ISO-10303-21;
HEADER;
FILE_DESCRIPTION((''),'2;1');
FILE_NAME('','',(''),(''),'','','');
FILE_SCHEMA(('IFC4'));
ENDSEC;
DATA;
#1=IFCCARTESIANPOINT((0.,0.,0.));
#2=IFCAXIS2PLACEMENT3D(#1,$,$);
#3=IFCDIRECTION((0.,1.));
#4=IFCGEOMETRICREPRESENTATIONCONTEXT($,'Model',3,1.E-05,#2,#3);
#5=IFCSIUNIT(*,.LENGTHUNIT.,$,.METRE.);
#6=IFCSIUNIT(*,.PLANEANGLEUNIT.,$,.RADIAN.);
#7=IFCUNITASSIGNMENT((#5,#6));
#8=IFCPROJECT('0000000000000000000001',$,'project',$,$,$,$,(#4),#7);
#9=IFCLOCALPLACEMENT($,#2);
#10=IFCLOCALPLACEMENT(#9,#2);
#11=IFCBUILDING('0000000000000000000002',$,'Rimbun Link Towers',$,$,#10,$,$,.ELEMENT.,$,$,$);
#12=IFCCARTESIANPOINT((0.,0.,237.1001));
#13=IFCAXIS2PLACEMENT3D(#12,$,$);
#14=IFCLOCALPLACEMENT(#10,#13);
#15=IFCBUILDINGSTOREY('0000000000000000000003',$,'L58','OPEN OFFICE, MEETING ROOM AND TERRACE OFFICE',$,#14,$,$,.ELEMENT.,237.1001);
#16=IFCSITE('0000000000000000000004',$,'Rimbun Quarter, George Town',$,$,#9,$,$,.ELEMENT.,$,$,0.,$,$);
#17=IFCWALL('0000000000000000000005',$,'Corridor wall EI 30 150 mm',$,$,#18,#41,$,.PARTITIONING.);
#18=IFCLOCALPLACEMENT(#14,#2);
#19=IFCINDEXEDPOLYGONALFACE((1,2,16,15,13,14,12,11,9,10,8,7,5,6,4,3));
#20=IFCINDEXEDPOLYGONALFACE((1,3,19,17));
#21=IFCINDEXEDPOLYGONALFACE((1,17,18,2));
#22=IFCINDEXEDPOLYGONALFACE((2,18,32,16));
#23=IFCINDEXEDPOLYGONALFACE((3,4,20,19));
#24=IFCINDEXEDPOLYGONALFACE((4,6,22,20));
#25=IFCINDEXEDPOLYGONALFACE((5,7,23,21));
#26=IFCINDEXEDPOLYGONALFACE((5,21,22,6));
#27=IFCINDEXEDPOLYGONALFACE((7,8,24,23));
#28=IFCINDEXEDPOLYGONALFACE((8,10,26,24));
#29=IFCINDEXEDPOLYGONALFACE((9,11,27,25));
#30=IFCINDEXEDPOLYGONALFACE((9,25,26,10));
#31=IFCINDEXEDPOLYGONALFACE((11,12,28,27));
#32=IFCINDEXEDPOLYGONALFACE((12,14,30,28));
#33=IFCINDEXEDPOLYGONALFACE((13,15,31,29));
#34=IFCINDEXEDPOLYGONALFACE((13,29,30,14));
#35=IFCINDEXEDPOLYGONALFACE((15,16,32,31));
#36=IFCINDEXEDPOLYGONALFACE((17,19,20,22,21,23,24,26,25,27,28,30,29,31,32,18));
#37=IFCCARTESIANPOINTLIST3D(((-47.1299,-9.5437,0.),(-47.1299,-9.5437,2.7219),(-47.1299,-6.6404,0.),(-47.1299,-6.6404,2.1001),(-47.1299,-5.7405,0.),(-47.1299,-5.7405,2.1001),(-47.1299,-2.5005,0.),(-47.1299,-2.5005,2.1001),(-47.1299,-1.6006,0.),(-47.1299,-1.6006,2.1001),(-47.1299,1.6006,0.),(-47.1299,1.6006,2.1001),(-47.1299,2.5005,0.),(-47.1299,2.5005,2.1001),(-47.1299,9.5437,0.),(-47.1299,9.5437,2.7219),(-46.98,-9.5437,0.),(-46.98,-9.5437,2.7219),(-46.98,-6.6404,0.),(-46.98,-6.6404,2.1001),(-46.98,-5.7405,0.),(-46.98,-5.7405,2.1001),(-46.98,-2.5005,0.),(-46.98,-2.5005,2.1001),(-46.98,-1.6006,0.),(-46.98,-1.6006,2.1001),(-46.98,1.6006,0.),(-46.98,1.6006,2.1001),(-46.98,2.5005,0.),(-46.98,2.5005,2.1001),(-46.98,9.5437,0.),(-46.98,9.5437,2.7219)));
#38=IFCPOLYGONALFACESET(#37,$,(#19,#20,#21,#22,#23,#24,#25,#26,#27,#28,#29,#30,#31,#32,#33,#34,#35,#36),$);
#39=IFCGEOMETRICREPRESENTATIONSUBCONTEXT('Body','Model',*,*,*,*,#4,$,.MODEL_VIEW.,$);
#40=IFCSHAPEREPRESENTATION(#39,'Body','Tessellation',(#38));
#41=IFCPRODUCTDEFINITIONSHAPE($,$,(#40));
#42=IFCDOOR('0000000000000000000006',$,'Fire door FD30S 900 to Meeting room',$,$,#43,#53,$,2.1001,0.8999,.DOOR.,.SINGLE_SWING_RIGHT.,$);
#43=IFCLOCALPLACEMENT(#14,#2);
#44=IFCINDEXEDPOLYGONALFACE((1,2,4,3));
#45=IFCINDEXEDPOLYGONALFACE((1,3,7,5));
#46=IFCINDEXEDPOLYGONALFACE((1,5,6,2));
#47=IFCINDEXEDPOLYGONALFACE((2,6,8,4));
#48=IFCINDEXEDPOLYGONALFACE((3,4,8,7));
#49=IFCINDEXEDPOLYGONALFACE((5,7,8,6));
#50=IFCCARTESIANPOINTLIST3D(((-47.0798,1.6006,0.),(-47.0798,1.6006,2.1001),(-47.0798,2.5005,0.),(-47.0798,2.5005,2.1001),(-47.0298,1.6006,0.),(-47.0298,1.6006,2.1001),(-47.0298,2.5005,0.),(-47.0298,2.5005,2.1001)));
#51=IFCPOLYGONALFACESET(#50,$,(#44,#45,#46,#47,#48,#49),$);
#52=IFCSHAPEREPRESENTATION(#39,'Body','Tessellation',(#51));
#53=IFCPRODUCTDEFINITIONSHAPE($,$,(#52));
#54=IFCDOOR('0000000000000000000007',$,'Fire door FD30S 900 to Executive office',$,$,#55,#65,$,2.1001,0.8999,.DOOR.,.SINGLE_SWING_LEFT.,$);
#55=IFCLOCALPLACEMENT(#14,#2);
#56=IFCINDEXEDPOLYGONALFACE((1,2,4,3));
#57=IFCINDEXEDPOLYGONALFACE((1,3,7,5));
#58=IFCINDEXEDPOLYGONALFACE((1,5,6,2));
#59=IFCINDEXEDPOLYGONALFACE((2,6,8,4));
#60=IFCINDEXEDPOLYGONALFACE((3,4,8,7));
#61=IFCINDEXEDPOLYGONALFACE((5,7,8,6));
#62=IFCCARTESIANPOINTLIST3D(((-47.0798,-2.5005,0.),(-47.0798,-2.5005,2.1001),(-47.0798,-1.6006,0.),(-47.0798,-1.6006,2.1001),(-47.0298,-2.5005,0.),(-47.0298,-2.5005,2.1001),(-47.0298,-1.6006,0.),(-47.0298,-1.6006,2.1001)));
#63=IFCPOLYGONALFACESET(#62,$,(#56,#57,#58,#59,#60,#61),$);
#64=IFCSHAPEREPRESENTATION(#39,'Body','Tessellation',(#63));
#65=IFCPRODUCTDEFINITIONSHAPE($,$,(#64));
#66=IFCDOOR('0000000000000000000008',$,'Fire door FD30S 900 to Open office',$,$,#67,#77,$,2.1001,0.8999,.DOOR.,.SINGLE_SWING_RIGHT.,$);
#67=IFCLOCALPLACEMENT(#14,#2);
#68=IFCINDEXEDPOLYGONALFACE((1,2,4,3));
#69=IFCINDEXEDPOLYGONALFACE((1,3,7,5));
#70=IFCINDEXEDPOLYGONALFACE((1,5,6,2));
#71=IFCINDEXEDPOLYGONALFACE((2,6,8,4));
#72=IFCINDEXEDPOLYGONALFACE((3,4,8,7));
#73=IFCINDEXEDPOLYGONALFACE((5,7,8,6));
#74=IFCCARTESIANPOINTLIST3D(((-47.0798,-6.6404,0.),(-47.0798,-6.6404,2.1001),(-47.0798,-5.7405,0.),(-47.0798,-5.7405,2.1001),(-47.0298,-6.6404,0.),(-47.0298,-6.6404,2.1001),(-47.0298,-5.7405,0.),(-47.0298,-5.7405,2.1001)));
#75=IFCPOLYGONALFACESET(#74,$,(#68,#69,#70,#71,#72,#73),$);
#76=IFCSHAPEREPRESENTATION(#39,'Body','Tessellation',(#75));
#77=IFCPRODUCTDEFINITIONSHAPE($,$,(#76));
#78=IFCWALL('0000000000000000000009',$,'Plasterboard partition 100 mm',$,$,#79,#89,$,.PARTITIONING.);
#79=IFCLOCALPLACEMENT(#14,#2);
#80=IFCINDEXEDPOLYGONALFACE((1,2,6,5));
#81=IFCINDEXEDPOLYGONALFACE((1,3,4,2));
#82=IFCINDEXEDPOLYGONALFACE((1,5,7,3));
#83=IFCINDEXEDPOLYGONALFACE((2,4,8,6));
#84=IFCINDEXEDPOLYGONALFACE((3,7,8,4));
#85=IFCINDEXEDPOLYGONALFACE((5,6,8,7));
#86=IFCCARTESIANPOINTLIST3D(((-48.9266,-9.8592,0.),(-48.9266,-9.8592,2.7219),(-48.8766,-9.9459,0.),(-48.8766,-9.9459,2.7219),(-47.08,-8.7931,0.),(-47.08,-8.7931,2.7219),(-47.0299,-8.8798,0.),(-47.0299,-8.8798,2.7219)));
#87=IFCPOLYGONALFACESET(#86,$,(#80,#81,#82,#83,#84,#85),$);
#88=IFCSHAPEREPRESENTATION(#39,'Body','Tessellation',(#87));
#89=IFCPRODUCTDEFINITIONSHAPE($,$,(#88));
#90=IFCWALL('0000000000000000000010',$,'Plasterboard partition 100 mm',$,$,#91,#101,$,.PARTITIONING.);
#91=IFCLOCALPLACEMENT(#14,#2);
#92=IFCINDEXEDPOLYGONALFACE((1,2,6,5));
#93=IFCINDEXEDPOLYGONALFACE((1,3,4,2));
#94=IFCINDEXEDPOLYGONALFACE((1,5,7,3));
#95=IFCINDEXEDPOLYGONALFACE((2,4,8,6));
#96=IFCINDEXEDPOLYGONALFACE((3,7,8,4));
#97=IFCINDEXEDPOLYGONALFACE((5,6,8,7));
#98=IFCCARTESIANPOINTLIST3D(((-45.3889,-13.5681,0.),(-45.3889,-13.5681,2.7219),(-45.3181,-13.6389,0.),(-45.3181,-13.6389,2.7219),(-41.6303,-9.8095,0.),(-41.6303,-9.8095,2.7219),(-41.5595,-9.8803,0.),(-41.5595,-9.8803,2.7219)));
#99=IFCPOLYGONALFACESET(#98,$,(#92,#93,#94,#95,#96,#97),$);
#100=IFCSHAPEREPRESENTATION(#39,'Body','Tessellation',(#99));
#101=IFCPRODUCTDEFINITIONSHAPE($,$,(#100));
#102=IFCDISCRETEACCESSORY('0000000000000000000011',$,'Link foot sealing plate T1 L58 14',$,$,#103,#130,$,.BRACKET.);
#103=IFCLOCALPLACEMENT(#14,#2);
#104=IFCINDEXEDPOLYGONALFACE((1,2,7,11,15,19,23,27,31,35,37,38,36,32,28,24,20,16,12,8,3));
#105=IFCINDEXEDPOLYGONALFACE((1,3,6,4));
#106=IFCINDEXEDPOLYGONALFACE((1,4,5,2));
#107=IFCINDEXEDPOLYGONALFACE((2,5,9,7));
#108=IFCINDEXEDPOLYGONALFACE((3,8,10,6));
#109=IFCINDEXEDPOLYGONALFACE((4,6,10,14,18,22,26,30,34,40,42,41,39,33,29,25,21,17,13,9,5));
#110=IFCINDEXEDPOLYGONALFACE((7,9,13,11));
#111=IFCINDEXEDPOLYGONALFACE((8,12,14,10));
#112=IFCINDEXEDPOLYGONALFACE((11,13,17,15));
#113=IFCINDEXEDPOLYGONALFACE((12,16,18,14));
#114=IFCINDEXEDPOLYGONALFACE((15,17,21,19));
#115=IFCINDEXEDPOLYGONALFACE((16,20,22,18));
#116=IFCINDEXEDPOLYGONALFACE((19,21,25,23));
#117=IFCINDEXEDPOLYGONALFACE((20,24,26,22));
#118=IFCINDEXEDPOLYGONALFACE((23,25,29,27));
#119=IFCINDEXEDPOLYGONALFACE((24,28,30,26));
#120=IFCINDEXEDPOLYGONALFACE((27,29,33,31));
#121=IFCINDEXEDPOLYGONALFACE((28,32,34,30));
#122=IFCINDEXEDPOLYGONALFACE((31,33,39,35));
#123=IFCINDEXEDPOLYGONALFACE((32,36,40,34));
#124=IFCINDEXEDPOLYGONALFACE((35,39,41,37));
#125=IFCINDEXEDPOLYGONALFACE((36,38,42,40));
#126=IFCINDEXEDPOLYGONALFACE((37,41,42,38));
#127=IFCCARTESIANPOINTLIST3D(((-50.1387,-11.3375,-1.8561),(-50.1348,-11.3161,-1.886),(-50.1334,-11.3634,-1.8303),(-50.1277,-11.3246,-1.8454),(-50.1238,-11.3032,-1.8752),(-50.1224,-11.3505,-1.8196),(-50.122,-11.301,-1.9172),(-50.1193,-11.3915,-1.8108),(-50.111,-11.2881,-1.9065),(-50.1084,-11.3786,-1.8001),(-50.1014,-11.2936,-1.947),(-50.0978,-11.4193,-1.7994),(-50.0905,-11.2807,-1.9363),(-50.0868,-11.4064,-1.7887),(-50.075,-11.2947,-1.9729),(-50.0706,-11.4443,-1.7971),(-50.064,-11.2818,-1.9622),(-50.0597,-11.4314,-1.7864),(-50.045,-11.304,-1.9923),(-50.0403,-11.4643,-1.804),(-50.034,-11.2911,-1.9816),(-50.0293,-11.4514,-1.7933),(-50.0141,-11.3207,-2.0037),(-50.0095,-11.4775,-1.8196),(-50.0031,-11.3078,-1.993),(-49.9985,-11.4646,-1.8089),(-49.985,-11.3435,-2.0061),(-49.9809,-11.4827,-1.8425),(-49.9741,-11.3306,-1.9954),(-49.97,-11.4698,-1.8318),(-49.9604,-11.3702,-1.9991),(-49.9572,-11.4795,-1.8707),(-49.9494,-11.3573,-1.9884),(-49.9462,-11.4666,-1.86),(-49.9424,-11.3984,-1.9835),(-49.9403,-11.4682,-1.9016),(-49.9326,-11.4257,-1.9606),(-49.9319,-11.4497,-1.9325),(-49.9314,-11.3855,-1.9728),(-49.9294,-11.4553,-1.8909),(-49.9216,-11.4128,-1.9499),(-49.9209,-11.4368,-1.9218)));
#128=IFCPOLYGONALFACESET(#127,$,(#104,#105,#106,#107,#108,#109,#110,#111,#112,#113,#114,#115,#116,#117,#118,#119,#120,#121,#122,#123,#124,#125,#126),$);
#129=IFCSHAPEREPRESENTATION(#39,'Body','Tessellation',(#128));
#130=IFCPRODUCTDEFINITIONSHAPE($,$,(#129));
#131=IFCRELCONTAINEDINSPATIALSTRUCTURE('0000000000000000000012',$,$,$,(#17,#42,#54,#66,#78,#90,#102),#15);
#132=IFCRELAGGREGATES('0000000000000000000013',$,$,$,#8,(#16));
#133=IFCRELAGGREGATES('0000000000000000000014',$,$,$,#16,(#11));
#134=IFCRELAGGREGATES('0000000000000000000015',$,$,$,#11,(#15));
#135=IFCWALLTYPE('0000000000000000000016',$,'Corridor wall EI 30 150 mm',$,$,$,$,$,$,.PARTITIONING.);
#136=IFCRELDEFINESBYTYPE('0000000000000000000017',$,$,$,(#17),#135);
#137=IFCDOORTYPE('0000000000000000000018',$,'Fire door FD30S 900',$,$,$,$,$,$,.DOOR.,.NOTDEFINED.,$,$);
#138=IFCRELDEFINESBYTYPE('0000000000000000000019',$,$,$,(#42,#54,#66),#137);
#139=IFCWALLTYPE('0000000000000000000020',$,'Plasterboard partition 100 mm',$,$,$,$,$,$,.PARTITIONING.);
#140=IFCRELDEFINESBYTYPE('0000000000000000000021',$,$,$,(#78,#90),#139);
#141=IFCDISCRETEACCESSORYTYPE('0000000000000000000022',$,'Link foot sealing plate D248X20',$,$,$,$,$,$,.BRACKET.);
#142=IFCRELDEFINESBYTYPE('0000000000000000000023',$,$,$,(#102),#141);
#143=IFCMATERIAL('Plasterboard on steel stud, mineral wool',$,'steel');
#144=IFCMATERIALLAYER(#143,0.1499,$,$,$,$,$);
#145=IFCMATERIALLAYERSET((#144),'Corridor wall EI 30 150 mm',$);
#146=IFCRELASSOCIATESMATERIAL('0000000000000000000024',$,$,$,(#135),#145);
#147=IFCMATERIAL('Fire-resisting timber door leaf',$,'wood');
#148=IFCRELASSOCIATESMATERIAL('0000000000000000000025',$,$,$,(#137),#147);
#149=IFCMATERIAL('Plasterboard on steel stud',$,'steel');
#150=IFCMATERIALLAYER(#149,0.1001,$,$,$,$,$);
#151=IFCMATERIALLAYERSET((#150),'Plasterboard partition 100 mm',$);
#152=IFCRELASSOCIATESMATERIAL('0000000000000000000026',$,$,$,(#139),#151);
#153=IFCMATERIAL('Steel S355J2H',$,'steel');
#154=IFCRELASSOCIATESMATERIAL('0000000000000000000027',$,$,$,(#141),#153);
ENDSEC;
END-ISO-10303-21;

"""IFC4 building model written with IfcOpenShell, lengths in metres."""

from ifc_helpers import new_model, si_unit, direction, frame, frame_2d, origin, origin_2d, place, context, subcontext, project, spatial, rectangle, circle, extrude, material, layer, layer_set, material_profile, profile_set, type_object, element, fill, save


model = new_model("IFC4")

# Units and contexts
model_context = context("Model", 3, precision=1e-05, world=origin(), true_north=direction((0.0, 1.0)))
body_context = subcontext(model_context, "Body", "Model", "MODEL_VIEW")
ifc_project = project(units=[si_unit("LENGTHUNIT", "METRE"), si_unit("PLANEANGLEUNIT", "RADIAN")], contexts=[model_context])

# Site, building, storey
site_placement = place(None, origin())
site = spatial("IfcSite", under=ifc_project, at=site_placement, Name="Rimbun Quarter, George Town", CompositionType="ELEMENT", RefElevation=0.0)
building_placement = place(site_placement, origin())
building = spatial("IfcBuilding", under=site, at=building_placement, Name="Rimbun Link Towers", CompositionType="ELEMENT")
storey_placement = place(building_placement, frame((0.0, 0.0, 237.1001)))
storey = spatial("IfcBuildingStorey", under=building, at=storey_placement, Name="L58", Description="OPEN OFFICE, MEETING ROOM AND TERRACE OFFICE", CompositionType="ELEMENT", Elevation=237.1001)

# Shared definitions
ifc_material_1 = material(Name="Plasterboard on steel stud, mineral wool", Category="steel")
ifc_layer_1 = layer(ifc_material_1, 0.1499)
ifc_layer_set_1 = layer_set([ifc_layer_1], Name="Corridor wall EI 30 150 mm")
wall_type_1 = type_object("IfcWallType", Name="Corridor wall EI 30 150 mm", PredefinedType="PARTITIONING", material=ifc_layer_set_1)

# Wall, openings, doors
wall_1_placement = place(storey_placement, frame((-47.0549, -9.5437, 0.0), z_axis=(0.0, 0.0, 1.0), x_axis=(0.0, 1.0, 0.0)))
wall_1 = element("IfcWall", 1, at=wall_1_placement, inside=storey, type_object=wall_type_1, Name="Corridor wall EI 30 150 mm", PredefinedType="PARTITIONING", context=body_context, shape_type="SweptSolid", body=[
    extrude(rectangle(XDim=19.0874, YDim=0.1499, at=frame_2d((9.5437, 0.0))), origin(), (0.0, 0.0, 1.0), 2.7219),
])
opening_1_placement = place(wall_1_placement, frame((11.1443, 0.0, 0.0)))
opening_1 = element("IfcOpeningElement", 2, at=opening_1_placement, cuts=wall_1, PredefinedType="OPENING", context=body_context, shape_type="SweptSolid", body=[
    extrude(rectangle(XDim=0.8999, YDim=2.1001, at=frame_2d((0.45, 1.05))), frame((0.0, 0.085, 0.0), z_axis=(0.0, -1.0, 0.0), x_axis=(1.0, 0.0, 0.0)), (0.0, 0.0, 1.0), 0.1699),
])
opening_2_placement = place(wall_1_placement, frame((7.0432, 0.0, 0.0)))
opening_2 = element("IfcOpeningElement", 3, at=opening_2_placement, cuts=wall_1, PredefinedType="OPENING", context=body_context, shape_type="SweptSolid", body=[
    extrude(rectangle(XDim=0.8999, YDim=2.1001, at=frame_2d((0.45, 1.05))), frame((0.0, 0.085, 0.0), z_axis=(0.0, -1.0, 0.0), x_axis=(1.0, 0.0, 0.0)), (0.0, 0.0, 1.0), 0.1699),
])
opening_3_placement = place(wall_1_placement, frame((2.9033, 0.0, 0.0)))
opening_3 = element("IfcOpeningElement", 4, at=opening_3_placement, cuts=wall_1, PredefinedType="OPENING", context=body_context, shape_type="SweptSolid", body=[
    extrude(rectangle(XDim=0.8999, YDim=2.1001, at=frame_2d((0.45, 1.05))), frame((0.0, 0.085, 0.0), z_axis=(0.0, -1.0, 0.0), x_axis=(1.0, 0.0, 0.0)), (0.0, 0.0, 1.0), 0.1699),
])
ifc_material_2 = material(Name="Fire-resisting timber door leaf", Category="wood")
door_type = type_object("IfcDoorType", Name="Fire door FD30S 900", OperationType="NOTDEFINED", PredefinedType="DOOR", material=ifc_material_2)
door_1_placement = place(opening_1_placement, origin())
door_1 = element("IfcDoor", 5, at=door_1_placement, inside=storey, type_object=door_type, Name="Fire door FD30S 900 to Meeting room", OperationType="SINGLE_SWING_RIGHT", OverallHeight=2.1001, OverallWidth=0.8999, PredefinedType="DOOR", context=body_context, shape_type="SweptSolid", body=[
    extrude(rectangle(XDim=0.8999, YDim=2.1001, at=frame_2d((0.45, 1.05))), frame((0.0, 0.0249, 0.0), z_axis=(0.0, -1.0, 0.0), x_axis=(1.0, 0.0, 0.0)), (0.0, 0.0, 1.0), 0.05),
])
fill(opening_1, door_1)
door_2_placement = place(opening_2_placement, origin())
door_2 = element("IfcDoor", 6, at=door_2_placement, inside=storey, type_object=door_type, Name="Fire door FD30S 900 to Executive office", OperationType="SINGLE_SWING_LEFT", OverallHeight=2.1001, OverallWidth=0.8999, PredefinedType="DOOR", context=body_context, shape_type="SweptSolid", body=[
    extrude(rectangle(XDim=0.8999, YDim=2.1001, at=frame_2d((0.45, 1.05))), frame((0.0, 0.0249, 0.0), z_axis=(0.0, -1.0, 0.0), x_axis=(1.0, 0.0, 0.0)), (0.0, 0.0, 1.0), 0.05),
])
fill(opening_2, door_2)
door_3_placement = place(opening_3_placement, origin())
door_3 = element("IfcDoor", 7, at=door_3_placement, inside=storey, type_object=door_type, Name="Fire door FD30S 900 to Open office", OperationType="SINGLE_SWING_RIGHT", OverallHeight=2.1001, OverallWidth=0.8999, PredefinedType="DOOR", context=body_context, shape_type="SweptSolid", body=[
    extrude(rectangle(XDim=0.8999, YDim=2.1001, at=frame_2d((0.45, 1.05))), frame((0.0, 0.0249, 0.0), z_axis=(0.0, -1.0, 0.0), x_axis=(1.0, 0.0, 0.0)), (0.0, 0.0, 1.0), 0.05),
])
fill(opening_3, door_3)

# Walls
ifc_material_3 = material(Name="Plasterboard on steel stud", Category="steel")
ifc_layer_2 = layer(ifc_material_3, 0.1001)
ifc_layer_set_2 = layer_set([ifc_layer_2], Name="Plasterboard partition 100 mm")
wall_type_2 = type_object("IfcWallType", Name="Plasterboard partition 100 mm", PredefinedType="PARTITIONING", material=ifc_layer_set_2)
wall_2_placement = place(storey_placement, frame((-48.9016, -9.9026, 0.0), z_axis=(0.0, 0.0, 1.0), x_axis=(0.866029, 0.499993, 0.0)))
element("IfcWall", 8, at=wall_2_placement, inside=storey, type_object=wall_type_2, Name="Plasterboard partition 100 mm", PredefinedType="PARTITIONING", context=body_context, shape_type="SweptSolid", body=[
    extrude(rectangle(XDim=2.1323, YDim=0.1001, at=frame_2d((1.0662, 0.0))), origin(), (0.0, 0.0, 1.0), 2.7219),
])
wall_3_placement = place(storey_placement, frame((-45.3535, -13.6035, 0.0), z_axis=(0.0, 0.0, 1.0), x_axis=(0.707107, 0.707107, 0.0)))
element("IfcWall", 9, at=wall_3_placement, inside=storey, type_object=wall_type_2, Name="Plasterboard partition 100 mm", PredefinedType="PARTITIONING", context=body_context, shape_type="SweptSolid", body=[
    extrude(rectangle(XDim=5.3154, YDim=0.1001, at=frame_2d((2.6577, 0.0))), origin(), (0.0, 0.0, 1.0), 2.7219),
])

# Discrete accessory
ifc_material_4 = material(Name="Steel S355J2H", Category="steel")
ifc_material_profile_1 = material_profile(ifc_material_4, circle(Radius=0.124, at=origin_2d()), Name="PL D248")
ifc_profile_set_1 = profile_set([ifc_material_profile_1], Name="Steel S355J2H")
discrete_accessory_type = type_object("IfcDiscreteAccessoryType", Name="Link foot sealing plate D248X20", PredefinedType="BRACKET", material=ifc_profile_set_1)
discrete_accessory_placement = place(storey_placement, frame((-50.0239, -11.375, -1.8909), z_axis=(-0.546913, -0.644142, -0.534759), x_axis=(0.762294, -0.647231, 0.0)))
element("IfcDiscreteAccessory", 10, at=discrete_accessory_placement, inside=storey, type_object=discrete_accessory_type, Name="Link foot sealing plate T1 L58 14", PredefinedType="BRACKET", context=body_context, shape_type="SweptSolid", body=[
    extrude(circle(Radius=0.124, at=origin_2d()), origin(), (0.0, 0.0, 1.0), 0.02),
])

save(model, "model.ifc")
